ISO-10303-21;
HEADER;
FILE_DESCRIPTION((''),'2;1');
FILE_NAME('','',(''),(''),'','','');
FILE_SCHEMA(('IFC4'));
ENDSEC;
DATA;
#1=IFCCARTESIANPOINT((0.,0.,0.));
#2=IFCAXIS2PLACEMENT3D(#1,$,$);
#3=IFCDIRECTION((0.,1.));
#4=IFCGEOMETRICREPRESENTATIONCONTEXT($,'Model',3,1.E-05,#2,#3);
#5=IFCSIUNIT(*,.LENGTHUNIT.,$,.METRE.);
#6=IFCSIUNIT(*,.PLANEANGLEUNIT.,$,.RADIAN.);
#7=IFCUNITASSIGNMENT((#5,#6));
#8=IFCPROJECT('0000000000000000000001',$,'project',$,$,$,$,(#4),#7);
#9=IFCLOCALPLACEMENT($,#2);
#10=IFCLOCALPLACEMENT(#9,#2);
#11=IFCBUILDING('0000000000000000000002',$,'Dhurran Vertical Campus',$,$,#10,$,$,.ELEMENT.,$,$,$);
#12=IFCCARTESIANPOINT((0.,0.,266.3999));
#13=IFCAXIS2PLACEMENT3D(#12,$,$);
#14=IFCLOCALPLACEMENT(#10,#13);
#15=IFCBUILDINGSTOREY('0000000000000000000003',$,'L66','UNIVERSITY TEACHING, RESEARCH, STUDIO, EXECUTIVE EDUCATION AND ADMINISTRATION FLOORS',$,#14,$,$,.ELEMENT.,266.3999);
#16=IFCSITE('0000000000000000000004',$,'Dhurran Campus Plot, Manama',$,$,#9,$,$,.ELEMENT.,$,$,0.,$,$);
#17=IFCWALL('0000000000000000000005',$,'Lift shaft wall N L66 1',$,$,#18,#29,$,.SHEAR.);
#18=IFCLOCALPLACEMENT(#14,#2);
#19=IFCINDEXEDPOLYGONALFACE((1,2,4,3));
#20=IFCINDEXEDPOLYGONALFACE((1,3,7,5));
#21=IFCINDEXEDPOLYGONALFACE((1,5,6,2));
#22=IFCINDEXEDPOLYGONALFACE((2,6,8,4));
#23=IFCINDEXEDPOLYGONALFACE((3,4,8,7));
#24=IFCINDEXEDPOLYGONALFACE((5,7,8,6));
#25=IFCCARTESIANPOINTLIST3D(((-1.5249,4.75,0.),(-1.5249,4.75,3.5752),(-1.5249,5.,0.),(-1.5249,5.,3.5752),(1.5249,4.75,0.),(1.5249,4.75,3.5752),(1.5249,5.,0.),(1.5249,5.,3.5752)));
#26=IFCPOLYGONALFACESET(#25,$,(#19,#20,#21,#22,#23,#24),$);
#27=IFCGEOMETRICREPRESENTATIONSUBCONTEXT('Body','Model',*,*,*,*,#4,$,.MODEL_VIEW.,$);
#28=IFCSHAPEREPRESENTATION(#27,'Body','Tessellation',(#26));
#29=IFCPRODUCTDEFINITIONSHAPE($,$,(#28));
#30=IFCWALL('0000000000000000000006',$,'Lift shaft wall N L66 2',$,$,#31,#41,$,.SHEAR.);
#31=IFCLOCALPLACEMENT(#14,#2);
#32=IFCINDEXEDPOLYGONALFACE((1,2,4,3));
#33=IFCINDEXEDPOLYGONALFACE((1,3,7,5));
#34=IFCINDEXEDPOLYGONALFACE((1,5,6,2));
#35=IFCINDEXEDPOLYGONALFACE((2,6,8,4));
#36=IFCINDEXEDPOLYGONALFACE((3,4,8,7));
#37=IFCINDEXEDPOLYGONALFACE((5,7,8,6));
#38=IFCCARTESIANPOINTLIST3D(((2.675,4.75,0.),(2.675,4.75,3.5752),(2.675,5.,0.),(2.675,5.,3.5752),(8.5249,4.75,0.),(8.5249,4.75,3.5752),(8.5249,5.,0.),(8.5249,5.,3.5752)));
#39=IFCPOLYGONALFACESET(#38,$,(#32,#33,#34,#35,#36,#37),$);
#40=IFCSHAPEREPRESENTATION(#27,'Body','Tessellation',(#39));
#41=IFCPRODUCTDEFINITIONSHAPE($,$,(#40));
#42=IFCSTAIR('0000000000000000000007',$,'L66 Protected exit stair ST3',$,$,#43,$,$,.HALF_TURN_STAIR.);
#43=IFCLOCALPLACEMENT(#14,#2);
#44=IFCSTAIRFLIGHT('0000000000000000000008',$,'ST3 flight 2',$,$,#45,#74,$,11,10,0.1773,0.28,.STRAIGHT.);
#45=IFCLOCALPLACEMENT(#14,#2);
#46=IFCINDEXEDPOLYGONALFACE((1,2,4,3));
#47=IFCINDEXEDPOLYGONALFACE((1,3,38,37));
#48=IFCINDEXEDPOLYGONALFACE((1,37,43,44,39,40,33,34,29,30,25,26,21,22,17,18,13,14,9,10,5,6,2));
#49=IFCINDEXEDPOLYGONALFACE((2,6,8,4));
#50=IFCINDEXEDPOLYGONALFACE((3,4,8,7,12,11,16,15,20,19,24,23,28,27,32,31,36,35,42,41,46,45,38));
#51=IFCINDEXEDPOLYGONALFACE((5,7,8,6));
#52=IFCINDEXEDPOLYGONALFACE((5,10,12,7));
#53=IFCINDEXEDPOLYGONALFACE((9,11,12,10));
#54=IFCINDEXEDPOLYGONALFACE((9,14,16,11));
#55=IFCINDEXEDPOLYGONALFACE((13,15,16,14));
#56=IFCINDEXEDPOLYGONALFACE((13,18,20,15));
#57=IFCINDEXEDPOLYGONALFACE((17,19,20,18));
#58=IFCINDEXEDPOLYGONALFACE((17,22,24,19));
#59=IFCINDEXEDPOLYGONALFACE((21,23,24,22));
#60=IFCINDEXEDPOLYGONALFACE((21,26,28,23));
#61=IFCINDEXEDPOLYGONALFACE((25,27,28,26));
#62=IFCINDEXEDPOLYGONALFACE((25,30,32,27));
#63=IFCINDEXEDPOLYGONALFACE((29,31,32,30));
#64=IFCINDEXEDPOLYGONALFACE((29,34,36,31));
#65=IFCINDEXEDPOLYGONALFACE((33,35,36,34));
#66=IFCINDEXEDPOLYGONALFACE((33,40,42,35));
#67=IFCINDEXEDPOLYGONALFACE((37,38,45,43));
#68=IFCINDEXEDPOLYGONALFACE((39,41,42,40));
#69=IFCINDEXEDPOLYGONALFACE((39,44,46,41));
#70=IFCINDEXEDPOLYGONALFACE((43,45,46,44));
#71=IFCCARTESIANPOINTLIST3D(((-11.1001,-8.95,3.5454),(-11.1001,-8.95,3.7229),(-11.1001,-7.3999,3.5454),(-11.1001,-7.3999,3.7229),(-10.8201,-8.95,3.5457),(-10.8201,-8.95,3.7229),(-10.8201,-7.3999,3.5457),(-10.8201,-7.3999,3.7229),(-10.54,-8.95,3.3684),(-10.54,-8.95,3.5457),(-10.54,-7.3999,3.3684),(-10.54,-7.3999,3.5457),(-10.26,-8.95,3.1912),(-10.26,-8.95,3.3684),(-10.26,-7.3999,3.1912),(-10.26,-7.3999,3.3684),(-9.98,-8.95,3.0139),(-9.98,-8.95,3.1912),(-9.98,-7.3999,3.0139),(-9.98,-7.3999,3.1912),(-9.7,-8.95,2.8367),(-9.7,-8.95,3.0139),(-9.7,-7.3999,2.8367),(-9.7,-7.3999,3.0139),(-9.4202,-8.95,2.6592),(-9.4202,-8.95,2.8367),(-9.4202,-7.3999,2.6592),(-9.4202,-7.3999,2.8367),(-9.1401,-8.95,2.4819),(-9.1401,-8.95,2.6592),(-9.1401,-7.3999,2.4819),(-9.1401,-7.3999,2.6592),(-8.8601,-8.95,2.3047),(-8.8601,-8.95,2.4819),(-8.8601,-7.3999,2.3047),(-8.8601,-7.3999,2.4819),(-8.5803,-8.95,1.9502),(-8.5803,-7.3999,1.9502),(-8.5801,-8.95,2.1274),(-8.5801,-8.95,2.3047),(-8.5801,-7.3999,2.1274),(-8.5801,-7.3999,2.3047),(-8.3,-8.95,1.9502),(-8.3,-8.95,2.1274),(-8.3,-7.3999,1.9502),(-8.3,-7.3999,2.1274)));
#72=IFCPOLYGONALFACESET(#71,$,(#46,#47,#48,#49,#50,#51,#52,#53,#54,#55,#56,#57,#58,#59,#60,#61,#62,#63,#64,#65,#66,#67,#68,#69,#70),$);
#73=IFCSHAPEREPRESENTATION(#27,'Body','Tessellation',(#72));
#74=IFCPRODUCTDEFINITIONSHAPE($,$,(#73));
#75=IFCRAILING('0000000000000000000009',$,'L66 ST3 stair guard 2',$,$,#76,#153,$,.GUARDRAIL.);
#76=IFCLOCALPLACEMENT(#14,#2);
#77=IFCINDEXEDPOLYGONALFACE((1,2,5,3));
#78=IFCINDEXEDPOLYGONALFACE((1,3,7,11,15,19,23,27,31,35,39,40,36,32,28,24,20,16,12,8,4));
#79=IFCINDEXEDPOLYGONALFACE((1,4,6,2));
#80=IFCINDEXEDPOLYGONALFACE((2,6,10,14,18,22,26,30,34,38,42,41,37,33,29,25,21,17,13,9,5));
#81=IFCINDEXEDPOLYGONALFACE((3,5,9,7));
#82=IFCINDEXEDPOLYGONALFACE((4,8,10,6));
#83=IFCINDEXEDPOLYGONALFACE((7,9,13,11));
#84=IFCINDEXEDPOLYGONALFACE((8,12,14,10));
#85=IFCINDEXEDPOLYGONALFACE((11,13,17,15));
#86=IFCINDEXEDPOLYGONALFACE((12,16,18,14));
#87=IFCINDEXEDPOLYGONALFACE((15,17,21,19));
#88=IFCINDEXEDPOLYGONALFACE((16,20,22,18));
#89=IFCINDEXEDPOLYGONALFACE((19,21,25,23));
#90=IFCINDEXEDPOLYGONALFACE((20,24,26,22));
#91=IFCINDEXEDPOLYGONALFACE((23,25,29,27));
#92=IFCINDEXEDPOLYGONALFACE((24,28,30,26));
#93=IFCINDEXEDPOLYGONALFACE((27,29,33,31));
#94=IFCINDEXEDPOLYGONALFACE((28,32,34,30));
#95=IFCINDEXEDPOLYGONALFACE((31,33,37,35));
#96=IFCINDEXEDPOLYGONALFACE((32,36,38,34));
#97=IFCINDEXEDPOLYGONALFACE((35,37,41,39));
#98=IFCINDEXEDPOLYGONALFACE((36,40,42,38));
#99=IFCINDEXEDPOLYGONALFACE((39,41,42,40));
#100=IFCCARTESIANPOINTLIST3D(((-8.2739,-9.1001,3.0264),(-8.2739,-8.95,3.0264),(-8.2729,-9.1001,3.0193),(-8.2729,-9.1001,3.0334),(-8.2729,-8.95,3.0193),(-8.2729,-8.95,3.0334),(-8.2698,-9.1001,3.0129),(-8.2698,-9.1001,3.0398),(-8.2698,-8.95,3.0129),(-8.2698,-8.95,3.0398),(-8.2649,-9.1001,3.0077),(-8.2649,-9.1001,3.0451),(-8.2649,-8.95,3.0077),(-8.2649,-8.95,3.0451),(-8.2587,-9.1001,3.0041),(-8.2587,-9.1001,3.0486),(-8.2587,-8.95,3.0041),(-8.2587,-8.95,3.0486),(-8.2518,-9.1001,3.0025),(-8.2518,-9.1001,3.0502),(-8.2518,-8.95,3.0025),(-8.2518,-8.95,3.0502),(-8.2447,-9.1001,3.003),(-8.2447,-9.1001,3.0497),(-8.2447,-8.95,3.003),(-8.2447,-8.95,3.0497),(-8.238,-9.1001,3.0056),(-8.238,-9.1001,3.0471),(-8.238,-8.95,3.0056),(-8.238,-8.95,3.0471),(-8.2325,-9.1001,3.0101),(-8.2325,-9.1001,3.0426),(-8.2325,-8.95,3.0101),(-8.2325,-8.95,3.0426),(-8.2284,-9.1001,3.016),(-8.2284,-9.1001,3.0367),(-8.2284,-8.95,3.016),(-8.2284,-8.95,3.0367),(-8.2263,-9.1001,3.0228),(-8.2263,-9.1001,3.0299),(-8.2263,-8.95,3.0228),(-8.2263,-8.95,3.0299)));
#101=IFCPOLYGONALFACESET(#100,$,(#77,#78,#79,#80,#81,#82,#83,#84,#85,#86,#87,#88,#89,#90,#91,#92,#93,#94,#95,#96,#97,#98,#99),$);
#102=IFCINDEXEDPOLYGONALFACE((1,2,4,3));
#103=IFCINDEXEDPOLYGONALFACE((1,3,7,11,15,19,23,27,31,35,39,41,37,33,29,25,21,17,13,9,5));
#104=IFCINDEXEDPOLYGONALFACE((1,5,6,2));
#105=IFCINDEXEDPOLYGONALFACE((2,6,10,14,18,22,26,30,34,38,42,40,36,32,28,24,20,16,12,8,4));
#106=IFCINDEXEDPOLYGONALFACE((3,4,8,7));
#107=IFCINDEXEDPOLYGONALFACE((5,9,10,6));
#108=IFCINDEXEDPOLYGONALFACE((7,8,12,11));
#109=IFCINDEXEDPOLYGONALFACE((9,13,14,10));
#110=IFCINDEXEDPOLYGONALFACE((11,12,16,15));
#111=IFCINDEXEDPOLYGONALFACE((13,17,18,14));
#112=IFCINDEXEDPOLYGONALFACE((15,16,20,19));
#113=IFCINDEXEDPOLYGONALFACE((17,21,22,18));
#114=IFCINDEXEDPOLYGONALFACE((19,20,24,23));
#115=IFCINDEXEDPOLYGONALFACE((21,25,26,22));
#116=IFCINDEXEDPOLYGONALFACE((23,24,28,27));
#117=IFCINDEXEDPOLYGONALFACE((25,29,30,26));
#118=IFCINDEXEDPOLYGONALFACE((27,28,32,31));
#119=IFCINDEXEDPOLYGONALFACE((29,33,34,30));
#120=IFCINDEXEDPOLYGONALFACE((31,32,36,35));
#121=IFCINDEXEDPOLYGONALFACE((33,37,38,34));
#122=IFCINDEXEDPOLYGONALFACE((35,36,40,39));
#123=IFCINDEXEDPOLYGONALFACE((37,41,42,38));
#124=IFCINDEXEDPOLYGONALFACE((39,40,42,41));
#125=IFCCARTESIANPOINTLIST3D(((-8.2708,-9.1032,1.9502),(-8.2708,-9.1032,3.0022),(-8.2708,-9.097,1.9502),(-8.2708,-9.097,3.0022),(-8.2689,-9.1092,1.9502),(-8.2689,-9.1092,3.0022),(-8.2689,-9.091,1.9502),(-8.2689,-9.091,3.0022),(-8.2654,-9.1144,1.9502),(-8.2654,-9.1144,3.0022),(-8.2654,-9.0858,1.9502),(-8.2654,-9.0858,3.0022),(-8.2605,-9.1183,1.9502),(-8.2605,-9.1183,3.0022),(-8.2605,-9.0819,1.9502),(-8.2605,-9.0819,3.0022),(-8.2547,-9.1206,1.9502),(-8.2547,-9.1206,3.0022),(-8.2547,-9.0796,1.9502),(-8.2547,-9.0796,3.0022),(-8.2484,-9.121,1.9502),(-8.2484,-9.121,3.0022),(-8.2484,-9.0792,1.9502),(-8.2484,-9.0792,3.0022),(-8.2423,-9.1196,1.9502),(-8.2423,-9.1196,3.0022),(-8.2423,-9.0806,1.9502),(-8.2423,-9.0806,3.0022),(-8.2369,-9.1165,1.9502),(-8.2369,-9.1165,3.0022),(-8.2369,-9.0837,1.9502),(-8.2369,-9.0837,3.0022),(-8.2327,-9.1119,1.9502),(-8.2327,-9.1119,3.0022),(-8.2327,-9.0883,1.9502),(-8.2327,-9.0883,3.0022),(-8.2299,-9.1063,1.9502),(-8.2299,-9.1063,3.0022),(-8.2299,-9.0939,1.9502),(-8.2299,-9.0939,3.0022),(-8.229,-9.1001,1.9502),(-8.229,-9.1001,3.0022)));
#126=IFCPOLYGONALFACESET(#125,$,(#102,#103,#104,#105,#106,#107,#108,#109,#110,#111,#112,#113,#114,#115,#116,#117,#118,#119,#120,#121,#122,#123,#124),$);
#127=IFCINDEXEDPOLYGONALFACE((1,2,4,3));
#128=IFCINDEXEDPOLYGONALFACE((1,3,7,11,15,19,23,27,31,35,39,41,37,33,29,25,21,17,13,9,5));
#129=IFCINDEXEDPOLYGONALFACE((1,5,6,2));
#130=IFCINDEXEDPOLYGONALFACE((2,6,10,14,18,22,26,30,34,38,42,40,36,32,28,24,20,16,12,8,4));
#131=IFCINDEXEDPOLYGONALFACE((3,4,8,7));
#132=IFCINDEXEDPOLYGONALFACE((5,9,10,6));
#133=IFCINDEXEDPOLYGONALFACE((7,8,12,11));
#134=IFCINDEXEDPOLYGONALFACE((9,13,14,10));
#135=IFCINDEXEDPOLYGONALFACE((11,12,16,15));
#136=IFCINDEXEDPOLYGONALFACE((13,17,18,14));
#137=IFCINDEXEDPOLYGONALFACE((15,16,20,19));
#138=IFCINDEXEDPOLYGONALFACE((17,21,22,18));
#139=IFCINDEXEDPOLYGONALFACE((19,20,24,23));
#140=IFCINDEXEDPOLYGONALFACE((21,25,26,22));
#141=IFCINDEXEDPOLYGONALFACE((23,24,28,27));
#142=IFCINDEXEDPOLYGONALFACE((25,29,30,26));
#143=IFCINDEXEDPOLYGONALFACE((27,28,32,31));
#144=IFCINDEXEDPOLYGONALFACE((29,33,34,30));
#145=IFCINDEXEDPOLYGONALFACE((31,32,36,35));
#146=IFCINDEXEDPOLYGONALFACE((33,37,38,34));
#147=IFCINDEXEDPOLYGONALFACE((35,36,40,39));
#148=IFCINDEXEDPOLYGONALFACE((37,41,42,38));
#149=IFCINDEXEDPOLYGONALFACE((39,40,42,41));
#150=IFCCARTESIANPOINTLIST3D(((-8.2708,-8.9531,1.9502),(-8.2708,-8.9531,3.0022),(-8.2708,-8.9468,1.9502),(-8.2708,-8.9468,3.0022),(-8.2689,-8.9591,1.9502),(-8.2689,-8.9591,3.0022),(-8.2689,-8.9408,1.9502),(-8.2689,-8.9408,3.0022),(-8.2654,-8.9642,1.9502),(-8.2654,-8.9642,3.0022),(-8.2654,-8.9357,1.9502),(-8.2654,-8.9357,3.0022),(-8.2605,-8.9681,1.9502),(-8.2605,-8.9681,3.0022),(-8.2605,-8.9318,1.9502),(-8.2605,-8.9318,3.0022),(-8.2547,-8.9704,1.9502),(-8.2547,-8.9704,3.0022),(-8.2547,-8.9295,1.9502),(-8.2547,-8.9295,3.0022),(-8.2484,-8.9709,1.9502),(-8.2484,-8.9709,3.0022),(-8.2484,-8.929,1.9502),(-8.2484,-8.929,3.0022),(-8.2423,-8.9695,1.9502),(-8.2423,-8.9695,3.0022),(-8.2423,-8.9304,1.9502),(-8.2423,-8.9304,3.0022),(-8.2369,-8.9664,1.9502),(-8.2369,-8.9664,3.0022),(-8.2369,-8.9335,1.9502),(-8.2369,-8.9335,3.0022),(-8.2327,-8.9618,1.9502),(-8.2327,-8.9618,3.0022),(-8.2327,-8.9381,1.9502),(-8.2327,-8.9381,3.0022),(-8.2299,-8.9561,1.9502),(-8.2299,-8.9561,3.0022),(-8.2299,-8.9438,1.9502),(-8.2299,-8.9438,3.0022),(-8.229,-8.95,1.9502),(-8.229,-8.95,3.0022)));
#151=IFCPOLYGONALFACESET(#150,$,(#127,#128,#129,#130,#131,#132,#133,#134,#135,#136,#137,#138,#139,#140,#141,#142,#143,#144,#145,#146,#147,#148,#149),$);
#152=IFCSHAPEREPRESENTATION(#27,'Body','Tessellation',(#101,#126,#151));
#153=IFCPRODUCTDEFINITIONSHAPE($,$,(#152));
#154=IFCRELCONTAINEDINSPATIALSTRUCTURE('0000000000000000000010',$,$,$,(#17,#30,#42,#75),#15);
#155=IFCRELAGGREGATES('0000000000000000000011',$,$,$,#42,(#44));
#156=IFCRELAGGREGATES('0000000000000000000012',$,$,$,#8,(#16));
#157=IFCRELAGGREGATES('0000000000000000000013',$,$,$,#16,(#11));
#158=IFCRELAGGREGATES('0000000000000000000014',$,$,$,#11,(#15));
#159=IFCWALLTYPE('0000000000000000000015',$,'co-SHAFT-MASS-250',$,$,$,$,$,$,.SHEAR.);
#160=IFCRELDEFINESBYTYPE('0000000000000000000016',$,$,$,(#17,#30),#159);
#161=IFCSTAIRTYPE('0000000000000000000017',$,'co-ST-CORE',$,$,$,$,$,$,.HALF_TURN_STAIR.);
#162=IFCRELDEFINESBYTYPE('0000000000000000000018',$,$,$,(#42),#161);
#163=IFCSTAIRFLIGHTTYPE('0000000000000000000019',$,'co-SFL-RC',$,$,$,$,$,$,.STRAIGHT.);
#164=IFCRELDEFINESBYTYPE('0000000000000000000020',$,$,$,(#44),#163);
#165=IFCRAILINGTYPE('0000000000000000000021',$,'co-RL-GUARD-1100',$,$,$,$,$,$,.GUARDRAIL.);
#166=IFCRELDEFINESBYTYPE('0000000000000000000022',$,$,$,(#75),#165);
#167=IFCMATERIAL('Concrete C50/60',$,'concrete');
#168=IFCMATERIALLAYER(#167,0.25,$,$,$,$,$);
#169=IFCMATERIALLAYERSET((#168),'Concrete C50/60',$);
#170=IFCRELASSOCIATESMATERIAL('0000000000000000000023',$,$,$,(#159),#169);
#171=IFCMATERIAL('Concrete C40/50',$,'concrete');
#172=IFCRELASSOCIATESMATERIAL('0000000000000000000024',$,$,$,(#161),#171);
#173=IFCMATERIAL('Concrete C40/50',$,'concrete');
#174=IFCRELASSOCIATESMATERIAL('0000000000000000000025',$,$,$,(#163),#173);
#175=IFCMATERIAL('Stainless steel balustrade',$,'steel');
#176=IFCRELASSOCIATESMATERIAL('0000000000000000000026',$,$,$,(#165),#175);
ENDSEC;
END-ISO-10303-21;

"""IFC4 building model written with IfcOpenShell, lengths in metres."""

from ifc_helpers import new_model, si_unit, direction, frame, origin, origin_2d, place, context, subcontext, project, spatial, polyline, circle, outline, extrude, material, layer, layer_set, type_object, element, aggregate, save


model = new_model("IFC4")

# Units and contexts
model_context = context("Model", 3, precision=1e-05, world=origin(), true_north=direction((0.0, 1.0)))
body_context = subcontext(model_context, "Body", "Model", "MODEL_VIEW")
ifc_project = project(units=[si_unit("LENGTHUNIT", "METRE"), si_unit("PLANEANGLEUNIT", "RADIAN")], contexts=[model_context])

# Site, building, storey
site_placement = place(None, origin())
site = spatial("IfcSite", under=ifc_project, at=site_placement, Name="Dhurran Campus Plot, Manama", CompositionType="ELEMENT", RefElevation=0.0)
building_placement = place(site_placement, origin())
building = spatial("IfcBuilding", under=site, at=building_placement, Name="Dhurran Vertical Campus", CompositionType="ELEMENT")
storey_placement = place(building_placement, frame((0.0, 0.0, 266.3999)))
storey = spatial("IfcBuildingStorey", under=building, at=storey_placement, Name="L66", Description="UNIVERSITY TEACHING, RESEARCH, STUDIO, EXECUTIVE EDUCATION AND ADMINISTRATION FLOORS", CompositionType="ELEMENT", Elevation=266.3999)

# Walls
ifc_material_1 = material(Name="Concrete C50/60", Category="concrete")
ifc_layer_1 = layer(ifc_material_1, 0.25)
ifc_layer_set_1 = layer_set([ifc_layer_1], Name="Concrete C50/60")
wall_type_1 = type_object("IfcWallType", Name="co-SHAFT-MASS-250", PredefinedType="SHEAR", material=ifc_layer_set_1)
wall_1_placement = place(storey_placement, origin())
element("IfcWall", 1, at=wall_1_placement, inside=storey, type_object=wall_type_1, Name="Lift shaft wall N L66 1", PredefinedType="SHEAR", context=body_context, shape_type="SweptSolid", body=[
    extrude(outline(polyline([(-1.5249, 4.75), (1.5249, 4.75), (1.5249, 5.0), (-1.5249, 5.0), (-1.5249, 4.75)])), origin(), (0.0, 0.0, 1.0), 3.5752),
])
wall_2_placement = place(storey_placement, origin())
element("IfcWall", 2, at=wall_2_placement, inside=storey, type_object=wall_type_1, Name="Lift shaft wall N L66 2", PredefinedType="SHEAR", context=body_context, shape_type="SweptSolid", body=[
    extrude(outline(polyline([(2.675, 4.75), (8.5249, 4.75), (8.5249, 5.0), (2.675, 5.0), (2.675, 4.75)])), origin(), (0.0, 0.0, 1.0), 3.5752),
])

# Stair, stair flight
ifc_material_2 = material(Name="Concrete C40/50", Category="concrete")
stair_type = type_object("IfcStairType", Name="co-ST-CORE", PredefinedType="HALF_TURN_STAIR", material=ifc_material_2)
stair_placement = place(storey_placement, origin())
stair = element("IfcStair", 3, at=stair_placement, inside=storey, type_object=stair_type, Name="L66 Protected exit stair ST3", PredefinedType="HALF_TURN_STAIR")
ifc_material_3 = material(Name="Concrete C40/50", Category="concrete")
stair_flight_type = type_object("IfcStairFlightType", Name="co-SFL-RC", PredefinedType="STRAIGHT", material=ifc_material_3)
stair_flight_placement = place(storey_placement, frame((-8.3, -8.175, 1.9502), z_axis=(0.0, 0.0, 1.0), x_axis=(-1.0, 0.0, 0.0)))
stair_flight = element("IfcStairFlight", 4, at=stair_flight_placement, type_object=stair_flight_type, Name="ST3 flight 2", NumberOfRisers=11, NumberOfTreads=10, PredefinedType="STRAIGHT", RiserHeight=0.1773, TreadLength=0.28, context=body_context, shape_type="SweptSolid", body=[
    extrude(outline(polyline([(0.0, 0.0), (0.0, 0.1772), (0.28, 0.1772), (0.28, 0.3545), (0.5601, 0.3545), (0.5601, 0.5317), (0.8401, 0.5317), (0.8401, 0.709), (1.1201, 0.709), (1.1201, 0.8865), (1.3999, 0.8865), (1.3999, 1.0637), (1.6799, 1.0637), (1.6799, 1.241), (1.96, 1.241), (1.96, 1.4182), (2.24, 1.4182), (2.24, 1.5955), (2.52, 1.5955), (2.52, 1.7727), (2.8, 1.7727), (2.8, 1.95), (2.8, 1.5952), (0.2803, 0.0), (0.0, 0.0)])), frame((0.0, 0.7749, 0.0), z_axis=(0.0, -1.0, 0.0), x_axis=(1.0, 0.0, 0.0)), (0.0, 0.0, 1.0), 1.55),
])
aggregate(stair, [stair_flight])

# Railing
ifc_material_4 = material(Name="Stainless steel balustrade", Category="steel")
railing_type_1 = type_object("IfcRailingType", Name="co-RL-GUARD-1100", PredefinedType="GUARDRAIL", material=ifc_material_4)
railing_1_placement = place(storey_placement, frame((-8.25, -9.1001, 1.9502)))
element("IfcRailing", 5, at=railing_1_placement, inside=storey, type_object=railing_type_1, Name="L66 ST3 stair guard 2", PredefinedType="GUARDRAIL", context=body_context, shape_type="SweptSolid", body=[
    extrude(circle(Radius=0.0239, at=origin_2d()), frame((0.0, 0.0, 1.0762), z_axis=(0.0, 1.0, 0.0), x_axis=(-1.0, 0.0, 0.0)), (0.0, 0.0, 1.0), 0.1501),
    extrude(circle(Radius=0.021, at=origin_2d()), origin(), (0.0, 0.0, 1.0), 1.052),
    extrude(circle(Radius=0.021, at=origin_2d()), frame((0.0, 0.1501, 0.0)), (0.0, 0.0, 1.0), 1.052),
])

save(model, "model.ifc")
